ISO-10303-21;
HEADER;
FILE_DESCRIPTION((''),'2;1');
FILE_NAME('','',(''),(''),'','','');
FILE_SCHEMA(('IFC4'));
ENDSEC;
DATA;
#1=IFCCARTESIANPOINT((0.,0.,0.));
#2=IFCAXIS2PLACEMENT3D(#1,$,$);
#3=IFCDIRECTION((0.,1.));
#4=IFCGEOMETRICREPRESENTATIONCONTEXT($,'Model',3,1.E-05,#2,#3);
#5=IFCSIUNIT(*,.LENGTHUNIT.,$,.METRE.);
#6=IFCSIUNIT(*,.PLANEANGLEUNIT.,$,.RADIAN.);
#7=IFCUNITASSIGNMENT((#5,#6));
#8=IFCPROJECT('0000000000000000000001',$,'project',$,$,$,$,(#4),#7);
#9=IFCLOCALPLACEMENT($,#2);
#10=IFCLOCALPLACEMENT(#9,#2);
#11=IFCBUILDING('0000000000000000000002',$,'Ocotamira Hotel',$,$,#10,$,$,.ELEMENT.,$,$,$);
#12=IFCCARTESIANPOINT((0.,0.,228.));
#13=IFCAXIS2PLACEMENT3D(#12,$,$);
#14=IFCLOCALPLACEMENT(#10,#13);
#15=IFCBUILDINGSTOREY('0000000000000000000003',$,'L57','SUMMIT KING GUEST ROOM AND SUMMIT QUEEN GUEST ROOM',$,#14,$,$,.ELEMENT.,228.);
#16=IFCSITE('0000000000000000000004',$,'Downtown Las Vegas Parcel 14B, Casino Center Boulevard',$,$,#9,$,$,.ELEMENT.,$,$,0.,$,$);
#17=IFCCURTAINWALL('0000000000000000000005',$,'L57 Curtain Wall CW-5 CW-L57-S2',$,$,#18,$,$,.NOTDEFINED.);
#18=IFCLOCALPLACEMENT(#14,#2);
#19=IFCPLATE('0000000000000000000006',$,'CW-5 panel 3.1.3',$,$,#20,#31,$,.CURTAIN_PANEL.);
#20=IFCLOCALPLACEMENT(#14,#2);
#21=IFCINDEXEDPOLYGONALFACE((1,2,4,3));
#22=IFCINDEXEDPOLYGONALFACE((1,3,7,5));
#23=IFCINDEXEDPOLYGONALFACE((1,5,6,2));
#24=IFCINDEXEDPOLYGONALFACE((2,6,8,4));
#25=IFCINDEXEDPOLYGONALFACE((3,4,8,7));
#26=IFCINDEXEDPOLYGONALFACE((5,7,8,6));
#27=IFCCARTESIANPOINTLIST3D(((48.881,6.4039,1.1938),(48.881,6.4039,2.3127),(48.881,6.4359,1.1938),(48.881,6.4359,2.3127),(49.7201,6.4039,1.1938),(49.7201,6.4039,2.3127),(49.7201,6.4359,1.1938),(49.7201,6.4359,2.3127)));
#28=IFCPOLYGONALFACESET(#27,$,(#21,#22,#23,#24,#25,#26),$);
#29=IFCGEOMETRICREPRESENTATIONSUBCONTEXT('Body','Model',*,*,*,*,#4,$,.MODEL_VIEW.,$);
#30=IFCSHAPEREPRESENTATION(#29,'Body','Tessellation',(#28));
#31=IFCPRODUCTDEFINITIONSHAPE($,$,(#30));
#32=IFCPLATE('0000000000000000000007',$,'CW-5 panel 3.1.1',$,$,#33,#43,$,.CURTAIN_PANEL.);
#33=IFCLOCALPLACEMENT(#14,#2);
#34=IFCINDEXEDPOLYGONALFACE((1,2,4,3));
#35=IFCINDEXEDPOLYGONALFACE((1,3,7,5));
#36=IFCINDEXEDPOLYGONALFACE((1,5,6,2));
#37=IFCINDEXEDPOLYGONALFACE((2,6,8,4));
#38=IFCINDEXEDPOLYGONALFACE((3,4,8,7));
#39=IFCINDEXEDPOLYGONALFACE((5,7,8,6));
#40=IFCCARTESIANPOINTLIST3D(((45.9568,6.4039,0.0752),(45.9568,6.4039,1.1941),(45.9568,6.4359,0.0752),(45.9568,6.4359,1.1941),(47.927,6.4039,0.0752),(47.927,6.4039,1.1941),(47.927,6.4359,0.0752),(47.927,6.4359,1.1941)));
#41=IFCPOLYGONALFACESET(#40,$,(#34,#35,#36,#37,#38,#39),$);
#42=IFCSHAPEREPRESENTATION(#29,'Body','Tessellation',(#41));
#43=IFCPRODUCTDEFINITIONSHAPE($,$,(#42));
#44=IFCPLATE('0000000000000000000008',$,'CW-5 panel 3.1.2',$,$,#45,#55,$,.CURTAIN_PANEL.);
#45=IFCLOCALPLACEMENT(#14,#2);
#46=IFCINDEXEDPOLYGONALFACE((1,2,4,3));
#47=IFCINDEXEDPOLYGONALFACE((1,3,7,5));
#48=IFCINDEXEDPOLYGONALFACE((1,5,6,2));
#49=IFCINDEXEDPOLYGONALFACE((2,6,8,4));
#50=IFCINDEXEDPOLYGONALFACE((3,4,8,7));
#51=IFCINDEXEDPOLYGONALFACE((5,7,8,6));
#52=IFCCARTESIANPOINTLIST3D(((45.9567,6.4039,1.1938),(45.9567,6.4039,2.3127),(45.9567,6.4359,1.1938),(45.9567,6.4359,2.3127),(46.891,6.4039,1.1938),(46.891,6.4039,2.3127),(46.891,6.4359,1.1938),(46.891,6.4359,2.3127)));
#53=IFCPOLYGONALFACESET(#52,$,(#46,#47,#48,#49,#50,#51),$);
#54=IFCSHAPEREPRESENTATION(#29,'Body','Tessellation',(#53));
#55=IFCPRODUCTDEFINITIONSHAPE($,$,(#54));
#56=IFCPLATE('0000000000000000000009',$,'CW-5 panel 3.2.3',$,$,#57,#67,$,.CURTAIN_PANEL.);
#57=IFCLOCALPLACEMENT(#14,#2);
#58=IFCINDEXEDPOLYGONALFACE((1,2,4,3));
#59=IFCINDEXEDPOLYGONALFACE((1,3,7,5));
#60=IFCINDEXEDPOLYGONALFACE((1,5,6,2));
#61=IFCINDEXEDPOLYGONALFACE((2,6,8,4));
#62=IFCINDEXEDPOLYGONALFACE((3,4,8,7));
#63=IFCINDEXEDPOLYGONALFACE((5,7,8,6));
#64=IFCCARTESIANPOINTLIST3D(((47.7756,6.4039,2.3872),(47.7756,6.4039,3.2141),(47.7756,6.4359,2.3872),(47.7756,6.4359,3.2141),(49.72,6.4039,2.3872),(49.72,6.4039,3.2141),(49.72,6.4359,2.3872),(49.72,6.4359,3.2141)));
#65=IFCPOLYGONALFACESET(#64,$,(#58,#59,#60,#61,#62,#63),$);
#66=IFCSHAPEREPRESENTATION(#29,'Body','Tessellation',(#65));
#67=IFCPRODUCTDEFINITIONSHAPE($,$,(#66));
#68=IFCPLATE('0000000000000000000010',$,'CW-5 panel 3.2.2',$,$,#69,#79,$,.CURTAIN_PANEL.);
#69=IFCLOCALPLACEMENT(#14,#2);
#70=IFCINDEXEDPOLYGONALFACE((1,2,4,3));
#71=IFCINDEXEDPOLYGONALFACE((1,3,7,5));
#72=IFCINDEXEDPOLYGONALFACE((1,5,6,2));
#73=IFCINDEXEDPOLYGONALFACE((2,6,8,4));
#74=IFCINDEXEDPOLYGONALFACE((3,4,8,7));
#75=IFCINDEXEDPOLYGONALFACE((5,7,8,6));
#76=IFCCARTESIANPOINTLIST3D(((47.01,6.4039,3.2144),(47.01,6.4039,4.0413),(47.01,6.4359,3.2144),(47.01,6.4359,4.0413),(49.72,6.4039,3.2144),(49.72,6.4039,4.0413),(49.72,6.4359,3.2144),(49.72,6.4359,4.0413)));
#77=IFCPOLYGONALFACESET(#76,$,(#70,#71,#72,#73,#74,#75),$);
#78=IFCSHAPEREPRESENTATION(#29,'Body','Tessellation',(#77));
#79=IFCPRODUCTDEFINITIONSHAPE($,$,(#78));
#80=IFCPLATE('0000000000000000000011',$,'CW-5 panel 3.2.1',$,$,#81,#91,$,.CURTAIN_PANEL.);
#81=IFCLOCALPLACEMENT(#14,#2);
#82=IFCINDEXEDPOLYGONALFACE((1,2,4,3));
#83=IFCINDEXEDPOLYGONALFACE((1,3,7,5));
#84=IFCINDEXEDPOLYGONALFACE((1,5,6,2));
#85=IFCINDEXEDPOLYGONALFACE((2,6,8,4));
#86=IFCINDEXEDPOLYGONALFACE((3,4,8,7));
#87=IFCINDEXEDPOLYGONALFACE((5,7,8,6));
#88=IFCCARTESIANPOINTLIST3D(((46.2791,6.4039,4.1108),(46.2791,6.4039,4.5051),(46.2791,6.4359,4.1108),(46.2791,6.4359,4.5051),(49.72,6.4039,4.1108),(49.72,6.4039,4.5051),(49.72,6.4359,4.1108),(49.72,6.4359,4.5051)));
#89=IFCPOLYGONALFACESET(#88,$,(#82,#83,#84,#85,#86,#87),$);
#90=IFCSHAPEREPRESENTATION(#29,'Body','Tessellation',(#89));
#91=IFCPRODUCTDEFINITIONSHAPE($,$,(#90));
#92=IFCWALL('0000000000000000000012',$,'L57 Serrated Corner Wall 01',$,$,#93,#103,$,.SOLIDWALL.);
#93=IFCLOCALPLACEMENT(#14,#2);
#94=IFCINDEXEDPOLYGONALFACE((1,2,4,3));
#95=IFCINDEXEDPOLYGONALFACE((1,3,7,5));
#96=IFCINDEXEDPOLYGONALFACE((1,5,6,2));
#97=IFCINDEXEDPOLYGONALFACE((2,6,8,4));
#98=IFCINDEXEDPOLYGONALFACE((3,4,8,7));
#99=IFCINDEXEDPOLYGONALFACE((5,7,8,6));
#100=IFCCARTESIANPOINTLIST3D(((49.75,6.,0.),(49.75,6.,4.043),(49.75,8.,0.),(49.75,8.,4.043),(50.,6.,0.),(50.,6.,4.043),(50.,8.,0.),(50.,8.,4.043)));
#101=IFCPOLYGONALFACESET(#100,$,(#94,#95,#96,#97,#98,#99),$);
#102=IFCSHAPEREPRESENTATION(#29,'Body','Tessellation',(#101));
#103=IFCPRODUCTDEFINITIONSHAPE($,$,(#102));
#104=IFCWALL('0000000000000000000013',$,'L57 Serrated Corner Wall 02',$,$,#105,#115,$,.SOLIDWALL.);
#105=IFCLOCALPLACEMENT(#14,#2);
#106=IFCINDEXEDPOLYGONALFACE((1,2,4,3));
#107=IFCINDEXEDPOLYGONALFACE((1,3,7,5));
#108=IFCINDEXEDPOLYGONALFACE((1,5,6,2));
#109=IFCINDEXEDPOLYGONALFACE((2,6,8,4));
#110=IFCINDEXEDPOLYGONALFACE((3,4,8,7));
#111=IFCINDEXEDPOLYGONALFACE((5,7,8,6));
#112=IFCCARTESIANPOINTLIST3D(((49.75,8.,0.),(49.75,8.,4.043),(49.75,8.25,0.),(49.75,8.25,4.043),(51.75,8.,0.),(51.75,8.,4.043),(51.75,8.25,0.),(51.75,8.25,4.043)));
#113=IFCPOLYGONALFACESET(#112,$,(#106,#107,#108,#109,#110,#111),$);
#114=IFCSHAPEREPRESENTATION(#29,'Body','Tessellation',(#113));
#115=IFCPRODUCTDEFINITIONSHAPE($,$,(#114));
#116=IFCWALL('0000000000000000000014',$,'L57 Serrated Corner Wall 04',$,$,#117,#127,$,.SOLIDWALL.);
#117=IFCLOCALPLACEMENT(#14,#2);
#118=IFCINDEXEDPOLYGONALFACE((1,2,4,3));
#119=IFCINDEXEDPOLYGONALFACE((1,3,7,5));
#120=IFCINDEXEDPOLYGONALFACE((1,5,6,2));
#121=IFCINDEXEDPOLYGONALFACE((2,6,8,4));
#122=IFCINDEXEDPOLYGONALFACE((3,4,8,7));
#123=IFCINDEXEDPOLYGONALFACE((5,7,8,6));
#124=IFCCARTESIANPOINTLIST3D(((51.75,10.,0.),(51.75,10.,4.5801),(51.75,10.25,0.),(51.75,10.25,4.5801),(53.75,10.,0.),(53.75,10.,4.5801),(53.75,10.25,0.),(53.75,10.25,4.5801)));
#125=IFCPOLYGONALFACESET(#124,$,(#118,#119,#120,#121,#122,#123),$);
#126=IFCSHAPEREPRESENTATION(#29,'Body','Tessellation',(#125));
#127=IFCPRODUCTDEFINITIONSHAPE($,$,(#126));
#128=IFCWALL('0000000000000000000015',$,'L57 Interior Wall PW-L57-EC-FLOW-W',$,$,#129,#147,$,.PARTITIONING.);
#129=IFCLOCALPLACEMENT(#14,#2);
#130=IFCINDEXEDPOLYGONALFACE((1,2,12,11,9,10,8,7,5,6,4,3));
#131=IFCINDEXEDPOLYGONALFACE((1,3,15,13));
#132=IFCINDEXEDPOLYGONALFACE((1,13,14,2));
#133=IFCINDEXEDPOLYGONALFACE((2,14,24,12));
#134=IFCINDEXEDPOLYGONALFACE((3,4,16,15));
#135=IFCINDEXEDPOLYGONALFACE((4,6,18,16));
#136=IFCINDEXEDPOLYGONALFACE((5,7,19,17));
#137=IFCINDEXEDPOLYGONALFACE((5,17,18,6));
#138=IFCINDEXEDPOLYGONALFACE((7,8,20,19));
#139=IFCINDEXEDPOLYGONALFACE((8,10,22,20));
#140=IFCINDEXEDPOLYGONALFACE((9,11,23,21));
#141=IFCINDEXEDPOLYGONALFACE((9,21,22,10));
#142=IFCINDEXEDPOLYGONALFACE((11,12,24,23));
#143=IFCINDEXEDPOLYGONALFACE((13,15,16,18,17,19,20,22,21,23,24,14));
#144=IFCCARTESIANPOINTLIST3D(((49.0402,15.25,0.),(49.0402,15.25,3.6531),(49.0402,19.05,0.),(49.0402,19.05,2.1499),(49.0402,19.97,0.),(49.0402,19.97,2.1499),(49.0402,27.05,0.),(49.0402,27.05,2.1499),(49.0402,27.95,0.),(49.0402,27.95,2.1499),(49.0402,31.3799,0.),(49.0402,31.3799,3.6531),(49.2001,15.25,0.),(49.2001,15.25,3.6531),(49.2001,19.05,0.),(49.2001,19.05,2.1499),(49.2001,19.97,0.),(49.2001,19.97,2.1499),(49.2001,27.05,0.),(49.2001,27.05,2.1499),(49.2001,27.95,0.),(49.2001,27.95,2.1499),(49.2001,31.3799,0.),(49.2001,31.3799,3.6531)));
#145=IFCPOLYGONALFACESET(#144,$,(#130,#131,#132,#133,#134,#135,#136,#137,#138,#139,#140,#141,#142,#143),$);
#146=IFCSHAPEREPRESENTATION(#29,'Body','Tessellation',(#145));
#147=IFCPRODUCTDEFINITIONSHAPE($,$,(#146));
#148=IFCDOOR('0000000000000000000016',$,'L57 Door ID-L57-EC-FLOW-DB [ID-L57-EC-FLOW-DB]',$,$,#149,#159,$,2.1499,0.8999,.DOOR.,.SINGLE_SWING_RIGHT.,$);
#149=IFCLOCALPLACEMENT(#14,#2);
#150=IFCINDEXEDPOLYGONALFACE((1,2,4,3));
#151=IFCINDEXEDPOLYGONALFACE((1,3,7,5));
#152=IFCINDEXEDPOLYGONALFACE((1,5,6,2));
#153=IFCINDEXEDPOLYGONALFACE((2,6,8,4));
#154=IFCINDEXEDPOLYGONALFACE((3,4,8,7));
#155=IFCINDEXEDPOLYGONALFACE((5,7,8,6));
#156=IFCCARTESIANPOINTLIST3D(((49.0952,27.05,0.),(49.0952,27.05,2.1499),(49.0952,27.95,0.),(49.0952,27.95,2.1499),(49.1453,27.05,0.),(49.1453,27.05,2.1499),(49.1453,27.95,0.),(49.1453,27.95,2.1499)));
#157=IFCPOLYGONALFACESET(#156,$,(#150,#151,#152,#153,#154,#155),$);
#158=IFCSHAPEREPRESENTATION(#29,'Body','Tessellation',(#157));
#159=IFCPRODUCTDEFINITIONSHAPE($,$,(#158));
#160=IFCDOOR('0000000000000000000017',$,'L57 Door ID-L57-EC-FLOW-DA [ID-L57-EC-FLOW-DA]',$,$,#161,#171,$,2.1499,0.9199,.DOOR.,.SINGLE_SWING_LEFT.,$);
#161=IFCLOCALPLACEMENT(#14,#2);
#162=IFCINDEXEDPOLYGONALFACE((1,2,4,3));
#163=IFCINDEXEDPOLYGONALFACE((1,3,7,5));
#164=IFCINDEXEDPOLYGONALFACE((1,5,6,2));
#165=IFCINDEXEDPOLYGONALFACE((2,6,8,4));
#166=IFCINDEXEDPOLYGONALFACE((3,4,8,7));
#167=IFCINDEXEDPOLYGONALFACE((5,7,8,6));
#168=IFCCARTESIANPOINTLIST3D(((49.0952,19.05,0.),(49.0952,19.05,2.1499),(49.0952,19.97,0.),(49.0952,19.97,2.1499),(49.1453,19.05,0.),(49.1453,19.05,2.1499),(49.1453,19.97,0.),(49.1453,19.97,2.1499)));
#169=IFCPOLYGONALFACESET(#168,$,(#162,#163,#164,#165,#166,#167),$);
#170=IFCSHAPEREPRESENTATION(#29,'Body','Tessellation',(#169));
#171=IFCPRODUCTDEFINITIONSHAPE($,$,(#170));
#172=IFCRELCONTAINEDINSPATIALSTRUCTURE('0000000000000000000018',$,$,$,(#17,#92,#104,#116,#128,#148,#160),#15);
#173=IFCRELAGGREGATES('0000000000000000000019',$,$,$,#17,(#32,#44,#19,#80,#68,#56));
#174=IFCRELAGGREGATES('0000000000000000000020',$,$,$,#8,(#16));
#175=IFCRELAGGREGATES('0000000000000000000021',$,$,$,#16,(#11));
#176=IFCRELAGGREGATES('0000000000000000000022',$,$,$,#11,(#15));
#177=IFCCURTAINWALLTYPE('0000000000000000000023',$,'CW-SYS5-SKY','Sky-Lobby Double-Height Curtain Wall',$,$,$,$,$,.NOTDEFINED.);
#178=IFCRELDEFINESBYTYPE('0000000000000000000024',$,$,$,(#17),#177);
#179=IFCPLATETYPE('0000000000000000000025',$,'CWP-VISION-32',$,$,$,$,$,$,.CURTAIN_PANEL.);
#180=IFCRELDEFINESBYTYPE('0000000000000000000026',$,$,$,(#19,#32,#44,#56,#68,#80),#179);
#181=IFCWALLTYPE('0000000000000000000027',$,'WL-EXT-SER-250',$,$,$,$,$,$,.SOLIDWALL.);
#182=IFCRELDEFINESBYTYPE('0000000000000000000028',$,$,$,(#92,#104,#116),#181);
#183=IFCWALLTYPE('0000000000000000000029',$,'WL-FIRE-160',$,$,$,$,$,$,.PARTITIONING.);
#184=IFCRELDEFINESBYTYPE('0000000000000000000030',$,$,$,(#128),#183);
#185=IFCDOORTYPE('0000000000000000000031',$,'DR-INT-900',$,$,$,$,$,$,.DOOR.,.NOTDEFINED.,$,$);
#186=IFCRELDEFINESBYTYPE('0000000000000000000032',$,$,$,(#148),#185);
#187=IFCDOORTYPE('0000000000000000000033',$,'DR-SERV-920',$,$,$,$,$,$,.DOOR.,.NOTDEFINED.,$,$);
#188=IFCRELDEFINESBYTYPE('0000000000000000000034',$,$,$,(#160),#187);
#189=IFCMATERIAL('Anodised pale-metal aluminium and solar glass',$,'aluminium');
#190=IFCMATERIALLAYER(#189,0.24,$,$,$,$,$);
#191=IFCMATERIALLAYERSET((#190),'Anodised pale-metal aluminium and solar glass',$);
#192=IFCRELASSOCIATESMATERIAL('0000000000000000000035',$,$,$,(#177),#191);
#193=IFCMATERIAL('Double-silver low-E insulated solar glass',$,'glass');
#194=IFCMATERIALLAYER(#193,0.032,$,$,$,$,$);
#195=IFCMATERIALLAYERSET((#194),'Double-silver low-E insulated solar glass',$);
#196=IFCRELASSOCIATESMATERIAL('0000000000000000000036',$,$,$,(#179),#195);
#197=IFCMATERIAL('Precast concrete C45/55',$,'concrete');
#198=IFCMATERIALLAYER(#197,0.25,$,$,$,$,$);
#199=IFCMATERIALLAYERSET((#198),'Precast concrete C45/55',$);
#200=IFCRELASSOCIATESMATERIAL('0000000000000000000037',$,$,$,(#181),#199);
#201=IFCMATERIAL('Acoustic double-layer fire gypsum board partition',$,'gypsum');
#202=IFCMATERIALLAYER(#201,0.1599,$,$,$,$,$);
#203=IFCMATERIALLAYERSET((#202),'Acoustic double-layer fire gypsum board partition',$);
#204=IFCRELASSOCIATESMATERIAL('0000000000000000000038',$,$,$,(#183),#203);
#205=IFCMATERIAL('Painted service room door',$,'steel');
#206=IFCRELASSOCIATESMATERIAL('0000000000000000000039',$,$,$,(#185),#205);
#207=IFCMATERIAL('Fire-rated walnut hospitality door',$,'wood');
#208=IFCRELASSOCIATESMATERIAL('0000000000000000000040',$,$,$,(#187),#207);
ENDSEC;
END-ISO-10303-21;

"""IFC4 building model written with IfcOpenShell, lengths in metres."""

from ifc_helpers import new_model, si_unit, direction, frame, frame_2d, origin, origin_2d, place, context, subcontext, project, spatial, rectangle, extrude, source, transform, mapped, material, layer, layer_set, type_object, element, fill, aggregate, save


model = new_model("IFC4")

# Units and contexts
model_context = context("Model", 3, precision=1e-05, world=origin(), true_north=direction((0.0, 1.0)))
body_context = subcontext(model_context, "Body", "Model", "MODEL_VIEW")
ifc_project = project(units=[si_unit("LENGTHUNIT", "METRE"), si_unit("PLANEANGLEUNIT", "RADIAN")], contexts=[model_context])

# Site, building, storey
site_placement = place(None, origin())
site = spatial("IfcSite", under=ifc_project, at=site_placement, Name="Downtown Las Vegas Parcel 14B, Casino Center Boulevard", CompositionType="ELEMENT", RefElevation=0.0)
building_placement = place(site_placement, origin())
building = spatial("IfcBuilding", under=site, at=building_placement, Name="Ocotamira Hotel", CompositionType="ELEMENT")
storey_placement = place(building_placement, frame((0.0, 0.0, 228.0)))
storey = spatial("IfcBuildingStorey", under=building, at=storey_placement, Name="L57", Description="SUMMIT KING GUEST ROOM AND SUMMIT QUEEN GUEST ROOM", CompositionType="ELEMENT", Elevation=228.0)

# Curtain wall, plates
ifc_material_1 = material(Name="Anodised pale-metal aluminium and solar glass", Category="aluminium")
ifc_layer_1 = layer(ifc_material_1, 0.24)
ifc_layer_set_1 = layer_set([ifc_layer_1], Name="Anodised pale-metal aluminium and solar glass")
curtain_wall_type = type_object("IfcCurtainWallType", Name="CW-SYS5-SKY", Description="Sky-Lobby Double-Height Curtain Wall", PredefinedType="NOTDEFINED", material=ifc_layer_set_1)
curtain_wall_placement = place(storey_placement, origin())
curtain_wall = element("IfcCurtainWall", 1, at=curtain_wall_placement, inside=storey, type_object=curtain_wall_type, Name="L57 Curtain Wall CW-5 CW-L57-S2", PredefinedType="NOTDEFINED")
ifc_material_2 = material(Name="Double-silver low-E insulated solar glass", Category="glass")
ifc_layer_2 = layer(ifc_material_2, 0.032)
ifc_layer_set_2 = layer_set([ifc_layer_2], Name="Double-silver low-E insulated solar glass")
plate_type = type_object("IfcPlateType", Name="CWP-VISION-32", PredefinedType="CURTAIN_PANEL", material=ifc_layer_set_2)
shared_shape_1 = source(origin(), body_context, "Body", "SweptSolid", [
    extrude(rectangle(XDim=0.8391, YDim=0.032, at=origin_2d()), origin(), (0.0, 0.0, 1.0), 1.1189),
])
plate_1_placement = place(storey_placement, frame((49.3005, 6.4199, 1.1938), z_axis=(0.0, 0.0, 1.0), x_axis=(1.0, 0.0, 0.0)))
plate_1 = element("IfcPlate", 2, at=plate_1_placement, type_object=plate_type, Name="CW-5 panel 3.1.3", PredefinedType="CURTAIN_PANEL", context=body_context, shape_type="MappedRepresentation", body=[
    mapped(shared_shape_1, transform((0.0, 0.0, 0.0), scale=1.0)),
])
shared_shape_2 = source(origin(), body_context, "Body", "SweptSolid", [
    extrude(rectangle(XDim=1.9702, YDim=0.032, at=origin_2d()), origin(), (0.0, 0.0, 1.0), 1.1189),
])
plate_2_placement = place(storey_placement, frame((46.9419, 6.4199, 0.0752), z_axis=(0.0, 0.0, 1.0), x_axis=(1.0, 0.0, 0.0)))
plate_2 = element("IfcPlate", 3, at=plate_2_placement, type_object=plate_type, Name="CW-5 panel 3.1.1", PredefinedType="CURTAIN_PANEL", context=body_context, shape_type="MappedRepresentation", body=[
    mapped(shared_shape_2, transform((0.0, 0.0, 0.0), scale=1.0)),
])
shared_shape_3 = source(origin(), body_context, "Body", "SweptSolid", [
    extrude(rectangle(XDim=0.9343, YDim=0.032, at=origin_2d()), origin(), (0.0, 0.0, 1.0), 1.1189),
])
plate_3_placement = place(storey_placement, frame((46.4238, 6.4199, 1.1938), z_axis=(0.0, 0.0, 1.0), x_axis=(1.0, 0.0, 0.0)))
plate_3 = element("IfcPlate", 4, at=plate_3_placement, type_object=plate_type, Name="CW-5 panel 3.1.2", PredefinedType="CURTAIN_PANEL", context=body_context, shape_type="MappedRepresentation", body=[
    mapped(shared_shape_3, transform((0.0, 0.0, 0.0), scale=1.0)),
])
shared_shape_4 = source(origin(), body_context, "Body", "SweptSolid", [
    extrude(rectangle(XDim=1.9443, YDim=0.032, at=origin_2d()), origin(), (0.0, 0.0, 1.0), 0.8269),
])
plate_4_placement = place(storey_placement, frame((48.7478, 6.4199, 2.3872), z_axis=(0.0, 0.0, 1.0), x_axis=(1.0, 0.0, 0.0)))
plate_4 = element("IfcPlate", 5, at=plate_4_placement, type_object=plate_type, Name="CW-5 panel 3.2.3", PredefinedType="CURTAIN_PANEL", context=body_context, shape_type="MappedRepresentation", body=[
    mapped(shared_shape_4, transform((0.0, 0.0, 0.0), scale=1.0)),
])
shared_shape_5 = source(origin(), body_context, "Body", "SweptSolid", [
    extrude(rectangle(XDim=2.71, YDim=0.032, at=origin_2d()), origin(), (0.0, 0.0, 1.0), 0.8269),
])
plate_5_placement = place(storey_placement, frame((48.365, 6.4199, 3.2144), z_axis=(0.0, 0.0, 1.0), x_axis=(1.0, 0.0, 0.0)))
plate_5 = element("IfcPlate", 6, at=plate_5_placement, type_object=plate_type, Name="CW-5 panel 3.2.2", PredefinedType="CURTAIN_PANEL", context=body_context, shape_type="MappedRepresentation", body=[
    mapped(shared_shape_5, transform((0.0, 0.0, 0.0), scale=1.0)),
])
shared_shape_6 = source(origin(), body_context, "Body", "SweptSolid", [
    extrude(rectangle(XDim=3.4409, YDim=0.032, at=origin_2d()), origin(), (0.0, 0.0, 1.0), 0.3943),
])
plate_6_placement = place(storey_placement, frame((47.9995, 6.4199, 4.1108), z_axis=(0.0, 0.0, 1.0), x_axis=(1.0, 0.0, 0.0)))
plate_6 = element("IfcPlate", 7, at=plate_6_placement, type_object=plate_type, Name="CW-5 panel 3.2.1", PredefinedType="CURTAIN_PANEL", context=body_context, shape_type="MappedRepresentation", body=[
    mapped(shared_shape_6, transform((0.0, 0.0, 0.0), scale=1.0)),
])
aggregate(curtain_wall, [plate_2, plate_3, plate_1, plate_6, plate_5, plate_4])

# Walls
ifc_material_3 = material(Name="Precast concrete C45/55", Category="concrete")
ifc_layer_3 = layer(ifc_material_3, 0.25)
ifc_layer_set_3 = layer_set([ifc_layer_3], Name="Precast concrete C45/55")
wall_type_1 = type_object("IfcWallType", Name="WL-EXT-SER-250", PredefinedType="SOLIDWALL", material=ifc_layer_set_3)
for number, where, z_axis, x_axis, name in (
    (8, (49.875, 6.0, 0.0), (0.0, 0.0, 1.0), (0.0, 1.0, 0.0), "L57 Serrated Corner Wall 01"),
    (9, (49.75, 8.125, 0.0), (0.0, 0.0, 1.0), (1.0, 0.0, 0.0), "L57 Serrated Corner Wall 02"),
):
    element("IfcWall", number, at=place(storey_placement, frame(where, z_axis=z_axis, x_axis=x_axis)), inside=storey, type_object=wall_type_1, Name=name, PredefinedType="SOLIDWALL", context=body_context, shape_type="SweptSolid", body=[
        extrude(rectangle(XDim=2.0, YDim=0.25, at=frame_2d((1.0, 0.0))), origin(), (0.0, 0.0, 1.0), 4.043),
    ])
wall_1_placement = place(storey_placement, frame((51.75, 10.125, 0.0), z_axis=(0.0, 0.0, 1.0), x_axis=(1.0, 0.0, 0.0)))
element("IfcWall", 10, at=wall_1_placement, inside=storey, type_object=wall_type_1, Name="L57 Serrated Corner Wall 04", PredefinedType="SOLIDWALL", context=body_context, shape_type="SweptSolid", body=[
    extrude(rectangle(XDim=2.0, YDim=0.25, at=frame_2d((1.0, 0.0))), origin(), (0.0, 0.0, 1.0), 4.5801),
])

# Wall, openings, doors
ifc_material_4 = material(Name="Acoustic double-layer fire gypsum board partition", Category="gypsum")
ifc_layer_4 = layer(ifc_material_4, 0.1599)
ifc_layer_set_4 = layer_set([ifc_layer_4], Name="Acoustic double-layer fire gypsum board partition")
wall_type_2 = type_object("IfcWallType", Name="WL-FIRE-160", PredefinedType="PARTITIONING", material=ifc_layer_set_4)
wall_2_placement = place(storey_placement, frame((49.1201, 15.25, 0.0), z_axis=(0.0, 0.0, 1.0), x_axis=(0.0, 1.0, 0.0)))
wall_2 = element("IfcWall", 11, at=wall_2_placement, inside=storey, type_object=wall_type_2, Name="L57 Interior Wall PW-L57-EC-FLOW-W", PredefinedType="PARTITIONING", context=body_context, shape_type="SweptSolid", body=[
    extrude(rectangle(XDim=16.1299, YDim=0.1599, at=frame_2d((8.0649, 0.0))), origin(), (0.0, 0.0, 1.0), 3.6531),
])
opening_1_placement = place(wall_2_placement, frame((3.8, 0.0, 0.0)))
opening_1 = element("IfcOpeningElement", 12, at=opening_1_placement, cuts=wall_2, PredefinedType="OPENING", context=body_context, shape_type="SweptSolid", body=[
    extrude(rectangle(XDim=0.9199, YDim=2.1499, at=frame_2d((0.46, 1.075))), frame((0.0, 0.0898, 0.0), z_axis=(0.0, -1.0, 0.0), x_axis=(1.0, 0.0, 0.0)), (0.0, 0.0, 1.0), 0.1799),
])
opening_2_placement = place(wall_2_placement, frame((11.8, 0.0, 0.0)))
opening_2 = element("IfcOpeningElement", 13, at=opening_2_placement, cuts=wall_2, PredefinedType="OPENING", context=body_context, shape_type="SweptSolid", body=[
    extrude(rectangle(XDim=0.8999, YDim=2.1499, at=frame_2d((0.45, 1.075))), frame((0.0, 0.0898, 0.0), z_axis=(0.0, -1.0, 0.0), x_axis=(1.0, 0.0, 0.0)), (0.0, 0.0, 1.0), 0.1799),
])
ifc_material_5 = material(Name="Painted service room door", Category="steel")
door_type_1 = type_object("IfcDoorType", Name="DR-INT-900", OperationType="NOTDEFINED", PredefinedType="DOOR", material=ifc_material_5)
shared_shape_7 = source(origin(), body_context, "Body", "SweptSolid", [
    extrude(rectangle(XDim=0.8999, YDim=2.1499, at=frame_2d((0.45, 1.075))), frame((0.0, 0.0249, 0.0), z_axis=(0.0, -1.0, 0.0), x_axis=(1.0, 0.0, 0.0)), (0.0, 0.0, 1.0), 0.05),
])
door_1_placement = place(opening_2_placement, origin())
door_1 = element("IfcDoor", 14, at=door_1_placement, inside=storey, type_object=door_type_1, Name="L57 Door ID-L57-EC-FLOW-DB [ID-L57-EC-FLOW-DB]", OperationType="SINGLE_SWING_RIGHT", OverallHeight=2.1499, OverallWidth=0.8999, PredefinedType="DOOR", context=body_context, shape_type="MappedRepresentation", body=[
    mapped(shared_shape_7, transform((0.0, 0.0, 0.0), scale=1.0)),
])
fill(opening_2, door_1)
ifc_material_6 = material(Name="Fire-rated walnut hospitality door", Category="wood")
door_type_2 = type_object("IfcDoorType", Name="DR-SERV-920", OperationType="NOTDEFINED", PredefinedType="DOOR", material=ifc_material_6)
shared_shape_8 = source(origin(), body_context, "Body", "SweptSolid", [
    extrude(rectangle(XDim=0.9199, YDim=2.1499, at=frame_2d((0.46, 1.075))), frame((0.0, 0.0249, 0.0), z_axis=(0.0, -1.0, 0.0), x_axis=(1.0, 0.0, 0.0)), (0.0, 0.0, 1.0), 0.05),
])
door_2_placement = place(opening_1_placement, origin())
door_2 = element("IfcDoor", 15, at=door_2_placement, inside=storey, type_object=door_type_2, Name="L57 Door ID-L57-EC-FLOW-DA [ID-L57-EC-FLOW-DA]", OperationType="SINGLE_SWING_LEFT", OverallHeight=2.1499, OverallWidth=0.9199, PredefinedType="DOOR", context=body_context, shape_type="MappedRepresentation", body=[
    mapped(shared_shape_8, transform((0.0, 0.0, 0.0), scale=1.0)),
])
fill(opening_1, door_2)

save(model, "model.ifc")
